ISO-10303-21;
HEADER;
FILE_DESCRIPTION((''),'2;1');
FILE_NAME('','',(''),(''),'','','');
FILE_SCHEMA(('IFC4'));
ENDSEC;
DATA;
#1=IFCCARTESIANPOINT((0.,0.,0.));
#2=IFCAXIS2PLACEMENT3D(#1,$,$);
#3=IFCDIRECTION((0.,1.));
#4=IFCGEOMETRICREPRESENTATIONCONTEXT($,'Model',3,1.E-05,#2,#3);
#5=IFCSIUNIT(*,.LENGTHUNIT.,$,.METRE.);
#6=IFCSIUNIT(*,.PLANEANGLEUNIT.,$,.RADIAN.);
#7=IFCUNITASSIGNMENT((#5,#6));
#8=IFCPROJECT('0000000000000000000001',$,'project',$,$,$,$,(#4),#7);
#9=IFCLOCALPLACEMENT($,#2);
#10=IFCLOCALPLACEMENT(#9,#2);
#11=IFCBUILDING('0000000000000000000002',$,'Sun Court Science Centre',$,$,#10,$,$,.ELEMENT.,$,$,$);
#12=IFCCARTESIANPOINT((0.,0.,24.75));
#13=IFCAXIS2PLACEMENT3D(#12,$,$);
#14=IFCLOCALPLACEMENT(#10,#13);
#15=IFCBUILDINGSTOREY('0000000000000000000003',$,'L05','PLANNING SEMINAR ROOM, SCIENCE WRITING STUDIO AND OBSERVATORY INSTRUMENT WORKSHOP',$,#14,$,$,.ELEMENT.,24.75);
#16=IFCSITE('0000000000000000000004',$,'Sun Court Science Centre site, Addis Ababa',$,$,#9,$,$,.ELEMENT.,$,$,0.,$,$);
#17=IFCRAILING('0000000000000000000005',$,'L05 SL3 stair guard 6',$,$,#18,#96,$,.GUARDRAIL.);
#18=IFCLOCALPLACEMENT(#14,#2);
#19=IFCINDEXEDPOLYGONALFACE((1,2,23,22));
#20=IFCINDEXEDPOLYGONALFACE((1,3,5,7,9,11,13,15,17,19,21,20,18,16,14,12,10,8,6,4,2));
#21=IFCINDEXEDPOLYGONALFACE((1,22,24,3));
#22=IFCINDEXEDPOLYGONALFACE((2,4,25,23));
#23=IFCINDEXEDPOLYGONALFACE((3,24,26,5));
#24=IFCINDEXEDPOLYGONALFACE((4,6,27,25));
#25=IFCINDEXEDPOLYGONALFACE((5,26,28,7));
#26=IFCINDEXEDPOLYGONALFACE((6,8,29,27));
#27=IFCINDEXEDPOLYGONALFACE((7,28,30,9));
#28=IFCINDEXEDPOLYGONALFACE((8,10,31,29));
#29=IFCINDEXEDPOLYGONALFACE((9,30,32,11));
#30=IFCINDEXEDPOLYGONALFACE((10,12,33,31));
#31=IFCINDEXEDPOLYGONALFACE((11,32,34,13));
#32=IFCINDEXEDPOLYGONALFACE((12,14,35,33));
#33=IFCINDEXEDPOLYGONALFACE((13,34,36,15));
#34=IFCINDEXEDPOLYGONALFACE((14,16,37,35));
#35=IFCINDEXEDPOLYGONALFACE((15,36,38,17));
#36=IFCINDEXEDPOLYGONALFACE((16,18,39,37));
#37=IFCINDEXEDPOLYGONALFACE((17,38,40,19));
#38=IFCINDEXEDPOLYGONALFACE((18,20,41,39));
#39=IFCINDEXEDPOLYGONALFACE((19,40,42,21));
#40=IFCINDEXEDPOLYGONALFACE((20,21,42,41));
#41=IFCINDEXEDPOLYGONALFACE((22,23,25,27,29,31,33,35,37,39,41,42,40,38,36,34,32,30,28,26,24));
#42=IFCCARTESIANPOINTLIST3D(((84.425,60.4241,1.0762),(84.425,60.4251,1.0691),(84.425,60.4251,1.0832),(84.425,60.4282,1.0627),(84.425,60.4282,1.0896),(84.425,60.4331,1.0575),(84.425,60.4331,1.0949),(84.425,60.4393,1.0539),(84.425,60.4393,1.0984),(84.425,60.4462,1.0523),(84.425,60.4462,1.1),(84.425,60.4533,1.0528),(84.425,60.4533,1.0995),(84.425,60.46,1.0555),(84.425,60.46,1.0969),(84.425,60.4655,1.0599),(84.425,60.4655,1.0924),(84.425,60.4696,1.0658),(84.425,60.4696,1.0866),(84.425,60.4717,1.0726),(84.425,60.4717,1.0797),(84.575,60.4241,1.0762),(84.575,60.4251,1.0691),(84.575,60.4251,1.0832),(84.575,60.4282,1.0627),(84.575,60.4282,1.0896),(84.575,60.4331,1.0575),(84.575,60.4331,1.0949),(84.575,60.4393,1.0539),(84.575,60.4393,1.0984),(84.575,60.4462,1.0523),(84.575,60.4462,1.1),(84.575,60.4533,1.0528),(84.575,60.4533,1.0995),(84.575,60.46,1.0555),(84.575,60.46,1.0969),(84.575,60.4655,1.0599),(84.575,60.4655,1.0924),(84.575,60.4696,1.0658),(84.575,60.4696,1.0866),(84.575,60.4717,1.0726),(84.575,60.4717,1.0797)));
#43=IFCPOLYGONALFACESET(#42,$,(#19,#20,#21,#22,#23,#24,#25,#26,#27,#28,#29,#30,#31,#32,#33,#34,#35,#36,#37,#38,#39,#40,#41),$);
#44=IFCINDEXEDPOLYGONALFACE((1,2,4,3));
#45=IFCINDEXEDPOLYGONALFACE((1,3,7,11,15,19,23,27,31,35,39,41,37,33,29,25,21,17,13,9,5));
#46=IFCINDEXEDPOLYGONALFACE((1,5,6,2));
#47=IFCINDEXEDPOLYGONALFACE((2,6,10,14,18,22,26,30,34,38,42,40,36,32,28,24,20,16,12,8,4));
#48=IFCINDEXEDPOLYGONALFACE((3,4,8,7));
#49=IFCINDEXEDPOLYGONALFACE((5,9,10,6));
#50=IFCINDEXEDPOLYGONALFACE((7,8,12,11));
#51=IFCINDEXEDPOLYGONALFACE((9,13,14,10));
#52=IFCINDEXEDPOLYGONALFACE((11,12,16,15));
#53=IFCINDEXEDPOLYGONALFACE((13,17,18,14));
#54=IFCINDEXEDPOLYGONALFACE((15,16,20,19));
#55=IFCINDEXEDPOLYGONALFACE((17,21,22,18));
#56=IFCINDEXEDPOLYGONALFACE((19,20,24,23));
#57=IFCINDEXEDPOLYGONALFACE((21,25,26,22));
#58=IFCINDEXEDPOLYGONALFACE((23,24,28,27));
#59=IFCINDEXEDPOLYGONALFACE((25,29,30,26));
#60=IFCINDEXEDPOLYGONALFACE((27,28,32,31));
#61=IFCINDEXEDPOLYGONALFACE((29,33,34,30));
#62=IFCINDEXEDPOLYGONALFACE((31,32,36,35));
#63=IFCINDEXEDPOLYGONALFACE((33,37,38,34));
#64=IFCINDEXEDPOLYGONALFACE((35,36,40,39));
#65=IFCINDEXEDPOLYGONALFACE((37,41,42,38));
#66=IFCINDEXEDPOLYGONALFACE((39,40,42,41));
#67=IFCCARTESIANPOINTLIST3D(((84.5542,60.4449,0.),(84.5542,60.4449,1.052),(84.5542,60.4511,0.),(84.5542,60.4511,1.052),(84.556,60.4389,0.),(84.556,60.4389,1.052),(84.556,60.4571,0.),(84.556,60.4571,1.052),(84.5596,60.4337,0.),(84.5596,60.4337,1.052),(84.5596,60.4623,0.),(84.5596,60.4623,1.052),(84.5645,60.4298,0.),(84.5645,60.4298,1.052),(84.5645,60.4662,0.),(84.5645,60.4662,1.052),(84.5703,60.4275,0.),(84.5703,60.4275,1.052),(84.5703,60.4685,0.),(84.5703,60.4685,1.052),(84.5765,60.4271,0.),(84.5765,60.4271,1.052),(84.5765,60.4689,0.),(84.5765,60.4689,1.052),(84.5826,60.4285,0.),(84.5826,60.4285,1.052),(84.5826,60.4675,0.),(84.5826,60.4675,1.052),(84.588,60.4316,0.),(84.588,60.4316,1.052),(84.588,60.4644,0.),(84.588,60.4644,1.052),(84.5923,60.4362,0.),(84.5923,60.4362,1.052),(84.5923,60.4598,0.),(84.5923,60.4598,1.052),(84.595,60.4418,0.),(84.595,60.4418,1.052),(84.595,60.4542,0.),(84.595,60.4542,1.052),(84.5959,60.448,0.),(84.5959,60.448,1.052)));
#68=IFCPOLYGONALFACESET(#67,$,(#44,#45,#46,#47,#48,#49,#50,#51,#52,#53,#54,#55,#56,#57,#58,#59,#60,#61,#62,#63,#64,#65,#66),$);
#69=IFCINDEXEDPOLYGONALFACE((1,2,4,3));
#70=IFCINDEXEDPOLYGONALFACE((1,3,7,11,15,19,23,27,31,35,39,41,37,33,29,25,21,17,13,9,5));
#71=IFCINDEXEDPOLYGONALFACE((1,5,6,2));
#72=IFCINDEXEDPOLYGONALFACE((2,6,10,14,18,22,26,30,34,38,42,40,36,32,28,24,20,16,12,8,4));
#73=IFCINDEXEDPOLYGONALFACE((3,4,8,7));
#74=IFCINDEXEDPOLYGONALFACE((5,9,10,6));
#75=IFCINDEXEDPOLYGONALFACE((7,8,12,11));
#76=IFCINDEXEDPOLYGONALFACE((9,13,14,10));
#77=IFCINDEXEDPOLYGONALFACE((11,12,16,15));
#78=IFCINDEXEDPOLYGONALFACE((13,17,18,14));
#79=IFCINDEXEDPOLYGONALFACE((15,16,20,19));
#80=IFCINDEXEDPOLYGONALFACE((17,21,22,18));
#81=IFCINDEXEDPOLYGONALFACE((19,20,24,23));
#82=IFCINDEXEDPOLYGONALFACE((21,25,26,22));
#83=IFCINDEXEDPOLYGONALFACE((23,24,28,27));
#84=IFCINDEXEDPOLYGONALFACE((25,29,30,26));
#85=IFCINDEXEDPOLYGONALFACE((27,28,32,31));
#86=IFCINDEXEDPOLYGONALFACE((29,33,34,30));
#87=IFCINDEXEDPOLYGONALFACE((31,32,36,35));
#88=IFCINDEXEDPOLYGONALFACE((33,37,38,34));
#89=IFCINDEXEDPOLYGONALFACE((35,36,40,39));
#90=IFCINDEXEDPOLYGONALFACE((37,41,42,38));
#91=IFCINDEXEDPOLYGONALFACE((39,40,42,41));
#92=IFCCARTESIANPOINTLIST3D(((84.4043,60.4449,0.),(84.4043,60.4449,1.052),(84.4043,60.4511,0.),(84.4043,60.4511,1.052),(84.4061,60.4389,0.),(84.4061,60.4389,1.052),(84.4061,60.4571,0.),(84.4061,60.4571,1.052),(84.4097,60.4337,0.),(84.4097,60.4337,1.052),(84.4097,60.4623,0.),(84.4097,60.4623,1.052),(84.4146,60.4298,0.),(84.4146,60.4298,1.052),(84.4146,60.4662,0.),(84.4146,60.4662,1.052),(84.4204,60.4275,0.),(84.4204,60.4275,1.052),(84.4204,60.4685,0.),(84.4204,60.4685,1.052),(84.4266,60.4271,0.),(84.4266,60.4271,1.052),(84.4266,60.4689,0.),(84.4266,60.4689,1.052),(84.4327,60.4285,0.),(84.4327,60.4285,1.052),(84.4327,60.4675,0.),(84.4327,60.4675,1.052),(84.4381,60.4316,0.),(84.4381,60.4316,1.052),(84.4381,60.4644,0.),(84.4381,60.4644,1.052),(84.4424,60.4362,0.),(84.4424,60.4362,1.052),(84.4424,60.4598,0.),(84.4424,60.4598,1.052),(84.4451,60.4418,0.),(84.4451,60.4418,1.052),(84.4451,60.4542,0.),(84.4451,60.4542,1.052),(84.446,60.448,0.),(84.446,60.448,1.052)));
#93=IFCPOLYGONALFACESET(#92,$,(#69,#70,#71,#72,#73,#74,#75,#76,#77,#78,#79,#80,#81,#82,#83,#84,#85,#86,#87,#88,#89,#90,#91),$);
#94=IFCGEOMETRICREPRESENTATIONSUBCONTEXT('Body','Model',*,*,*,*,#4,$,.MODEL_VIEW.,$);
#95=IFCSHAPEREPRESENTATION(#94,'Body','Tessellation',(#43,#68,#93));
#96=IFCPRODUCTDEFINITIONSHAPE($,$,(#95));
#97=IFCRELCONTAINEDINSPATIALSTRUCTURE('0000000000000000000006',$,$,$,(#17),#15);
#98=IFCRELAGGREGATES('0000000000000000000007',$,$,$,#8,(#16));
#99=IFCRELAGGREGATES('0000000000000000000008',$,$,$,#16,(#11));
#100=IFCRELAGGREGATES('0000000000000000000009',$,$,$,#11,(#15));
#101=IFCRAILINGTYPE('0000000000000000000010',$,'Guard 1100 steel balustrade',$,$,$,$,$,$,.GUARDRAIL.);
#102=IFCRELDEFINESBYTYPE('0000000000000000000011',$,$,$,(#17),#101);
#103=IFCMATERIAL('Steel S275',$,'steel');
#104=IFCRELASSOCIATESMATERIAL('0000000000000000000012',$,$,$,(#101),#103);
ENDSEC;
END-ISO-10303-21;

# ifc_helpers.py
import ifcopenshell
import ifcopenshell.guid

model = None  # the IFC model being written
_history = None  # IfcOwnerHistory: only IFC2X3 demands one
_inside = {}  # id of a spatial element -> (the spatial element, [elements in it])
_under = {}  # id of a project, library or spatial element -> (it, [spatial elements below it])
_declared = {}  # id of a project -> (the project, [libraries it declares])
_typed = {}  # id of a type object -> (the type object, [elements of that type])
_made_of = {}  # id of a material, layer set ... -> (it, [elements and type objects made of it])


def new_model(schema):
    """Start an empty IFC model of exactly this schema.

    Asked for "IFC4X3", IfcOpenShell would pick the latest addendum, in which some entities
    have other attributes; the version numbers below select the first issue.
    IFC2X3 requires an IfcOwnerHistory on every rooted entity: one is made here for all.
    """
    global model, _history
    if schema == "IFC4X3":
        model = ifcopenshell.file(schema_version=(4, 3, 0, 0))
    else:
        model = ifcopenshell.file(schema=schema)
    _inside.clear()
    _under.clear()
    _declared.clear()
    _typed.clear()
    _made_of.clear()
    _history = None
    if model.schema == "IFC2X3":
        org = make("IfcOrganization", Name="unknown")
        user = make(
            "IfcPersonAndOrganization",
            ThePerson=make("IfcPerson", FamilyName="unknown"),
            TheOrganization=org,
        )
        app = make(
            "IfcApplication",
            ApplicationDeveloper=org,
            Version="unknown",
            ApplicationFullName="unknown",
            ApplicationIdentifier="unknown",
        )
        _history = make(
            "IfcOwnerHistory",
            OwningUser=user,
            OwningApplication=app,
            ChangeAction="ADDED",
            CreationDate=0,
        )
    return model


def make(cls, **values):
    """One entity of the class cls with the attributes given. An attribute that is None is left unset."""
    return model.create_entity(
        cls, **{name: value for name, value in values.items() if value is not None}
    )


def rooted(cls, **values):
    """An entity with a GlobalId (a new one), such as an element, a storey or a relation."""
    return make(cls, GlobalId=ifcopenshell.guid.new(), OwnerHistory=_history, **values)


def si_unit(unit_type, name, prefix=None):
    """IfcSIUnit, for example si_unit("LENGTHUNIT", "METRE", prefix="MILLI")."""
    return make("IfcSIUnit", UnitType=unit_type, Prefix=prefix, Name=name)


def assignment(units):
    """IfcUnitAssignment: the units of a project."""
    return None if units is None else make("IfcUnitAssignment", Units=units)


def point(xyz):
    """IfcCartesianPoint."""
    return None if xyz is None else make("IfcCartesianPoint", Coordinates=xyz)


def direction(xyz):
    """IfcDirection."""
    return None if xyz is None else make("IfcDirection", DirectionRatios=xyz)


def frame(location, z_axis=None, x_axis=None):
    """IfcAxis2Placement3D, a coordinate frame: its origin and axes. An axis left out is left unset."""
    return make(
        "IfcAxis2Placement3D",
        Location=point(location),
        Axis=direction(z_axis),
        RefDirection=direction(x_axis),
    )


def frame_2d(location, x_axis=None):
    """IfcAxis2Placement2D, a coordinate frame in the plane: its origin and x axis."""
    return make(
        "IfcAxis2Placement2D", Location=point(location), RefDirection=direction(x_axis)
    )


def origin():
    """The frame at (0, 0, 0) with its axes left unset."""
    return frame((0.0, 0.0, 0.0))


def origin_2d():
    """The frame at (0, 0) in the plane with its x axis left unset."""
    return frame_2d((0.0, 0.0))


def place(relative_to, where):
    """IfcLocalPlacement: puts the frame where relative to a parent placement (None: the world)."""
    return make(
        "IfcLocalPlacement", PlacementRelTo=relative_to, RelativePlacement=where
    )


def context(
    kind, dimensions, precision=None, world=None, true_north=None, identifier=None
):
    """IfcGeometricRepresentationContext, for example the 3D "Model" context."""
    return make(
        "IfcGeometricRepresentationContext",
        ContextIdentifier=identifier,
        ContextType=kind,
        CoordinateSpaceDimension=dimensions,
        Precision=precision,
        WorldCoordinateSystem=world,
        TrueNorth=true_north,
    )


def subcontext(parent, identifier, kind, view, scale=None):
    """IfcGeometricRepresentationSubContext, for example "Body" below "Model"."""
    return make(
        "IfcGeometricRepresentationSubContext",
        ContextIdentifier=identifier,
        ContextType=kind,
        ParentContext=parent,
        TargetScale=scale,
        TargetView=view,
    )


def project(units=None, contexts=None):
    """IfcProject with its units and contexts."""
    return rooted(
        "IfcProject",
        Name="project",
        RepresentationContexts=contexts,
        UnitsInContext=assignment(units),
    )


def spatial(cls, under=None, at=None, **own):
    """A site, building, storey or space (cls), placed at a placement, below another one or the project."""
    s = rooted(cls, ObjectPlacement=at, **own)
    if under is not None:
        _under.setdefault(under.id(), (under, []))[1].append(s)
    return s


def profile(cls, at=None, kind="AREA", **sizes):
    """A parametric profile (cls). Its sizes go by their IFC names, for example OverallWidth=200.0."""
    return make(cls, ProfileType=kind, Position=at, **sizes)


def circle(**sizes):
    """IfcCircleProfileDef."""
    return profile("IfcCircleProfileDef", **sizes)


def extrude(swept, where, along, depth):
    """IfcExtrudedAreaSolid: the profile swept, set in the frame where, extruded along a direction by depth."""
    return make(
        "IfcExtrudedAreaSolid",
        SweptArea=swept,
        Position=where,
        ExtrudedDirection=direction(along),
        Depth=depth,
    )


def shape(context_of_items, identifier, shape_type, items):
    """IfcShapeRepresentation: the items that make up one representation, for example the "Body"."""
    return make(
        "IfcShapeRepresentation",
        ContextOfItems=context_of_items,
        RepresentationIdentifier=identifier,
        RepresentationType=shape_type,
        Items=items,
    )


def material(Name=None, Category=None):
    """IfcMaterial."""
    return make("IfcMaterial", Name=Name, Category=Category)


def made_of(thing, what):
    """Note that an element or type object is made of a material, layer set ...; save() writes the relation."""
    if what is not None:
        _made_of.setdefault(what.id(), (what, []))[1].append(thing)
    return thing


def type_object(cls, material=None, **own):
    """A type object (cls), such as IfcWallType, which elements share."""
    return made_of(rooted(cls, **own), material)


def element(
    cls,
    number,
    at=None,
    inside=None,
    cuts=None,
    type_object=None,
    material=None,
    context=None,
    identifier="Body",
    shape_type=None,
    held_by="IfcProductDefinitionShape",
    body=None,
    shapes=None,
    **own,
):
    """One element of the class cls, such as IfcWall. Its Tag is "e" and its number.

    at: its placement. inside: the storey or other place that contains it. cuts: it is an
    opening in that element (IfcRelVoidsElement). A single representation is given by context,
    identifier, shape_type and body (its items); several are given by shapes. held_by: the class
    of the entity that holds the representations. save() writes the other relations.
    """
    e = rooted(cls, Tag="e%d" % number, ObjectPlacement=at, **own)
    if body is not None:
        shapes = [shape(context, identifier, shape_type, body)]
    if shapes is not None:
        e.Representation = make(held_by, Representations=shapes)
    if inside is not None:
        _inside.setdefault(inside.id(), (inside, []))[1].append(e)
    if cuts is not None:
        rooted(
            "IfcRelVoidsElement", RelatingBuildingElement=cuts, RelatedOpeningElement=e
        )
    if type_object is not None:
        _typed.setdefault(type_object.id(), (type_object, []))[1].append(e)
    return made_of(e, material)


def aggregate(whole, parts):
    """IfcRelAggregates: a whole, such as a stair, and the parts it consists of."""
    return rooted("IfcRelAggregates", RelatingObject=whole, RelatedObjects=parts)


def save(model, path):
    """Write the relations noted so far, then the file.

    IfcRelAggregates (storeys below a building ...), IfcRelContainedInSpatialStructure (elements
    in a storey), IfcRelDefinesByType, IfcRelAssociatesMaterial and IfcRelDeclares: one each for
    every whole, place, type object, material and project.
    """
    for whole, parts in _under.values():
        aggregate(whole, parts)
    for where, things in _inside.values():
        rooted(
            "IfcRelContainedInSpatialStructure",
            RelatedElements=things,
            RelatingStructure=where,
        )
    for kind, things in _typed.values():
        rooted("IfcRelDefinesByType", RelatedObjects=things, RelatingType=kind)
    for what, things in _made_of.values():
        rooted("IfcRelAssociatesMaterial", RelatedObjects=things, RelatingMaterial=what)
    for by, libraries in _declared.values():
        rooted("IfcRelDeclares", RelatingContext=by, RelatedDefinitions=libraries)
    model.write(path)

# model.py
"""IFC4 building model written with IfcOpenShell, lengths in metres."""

from ifc_helpers import new_model, si_unit, direction, frame, origin, origin_2d, place, context, subcontext, project, spatial, circle, extrude, material, type_object, element, save


model = new_model("IFC4")

# Units and contexts
model_context = context("Model", 3, precision=1e-05, world=origin(), true_north=direction((0.0, 1.0)))
body_context = subcontext(model_context, "Body", "Model", "MODEL_VIEW")
ifc_project = project(units=[si_unit("LENGTHUNIT", "METRE"), si_unit("PLANEANGLEUNIT", "RADIAN")], contexts=[model_context])

# Site, building, storey
site_placement = place(None, origin())
site = spatial("IfcSite", under=ifc_project, at=site_placement, Name="Sun Court Science Centre site, Addis Ababa", CompositionType="ELEMENT", RefElevation=0.0)
building_placement = place(site_placement, origin())
building = spatial("IfcBuilding", under=site, at=building_placement, Name="Sun Court Science Centre", CompositionType="ELEMENT")
storey_placement = place(building_placement, frame((0.0, 0.0, 24.75)))
storey = spatial("IfcBuildingStorey", under=building, at=storey_placement, Name="L05", Description="PLANNING SEMINAR ROOM, SCIENCE WRITING STUDIO AND OBSERVATORY INSTRUMENT WORKSHOP", CompositionType="ELEMENT", Elevation=24.75)

# Railing
ifc_material_1 = material(Name="Steel S275", Category="steel")
railing_type_1 = type_object("IfcRailingType", Name="Guard 1100 steel balustrade", PredefinedType="GUARDRAIL", material=ifc_material_1)
railing_1_placement = place(storey_placement, frame((84.575, 60.448, 0.0)))
element("IfcRailing", 1, at=railing_1_placement, inside=storey, type_object=railing_type_1, Name="L05 SL3 stair guard 6", PredefinedType="GUARDRAIL", context=body_context, shape_type="SweptSolid", body=[
    extrude(circle(Radius=0.0239, at=origin_2d()), frame((0.0, 0.0, 1.0762), z_axis=(-1.0, 0.0, 0.0), x_axis=(0.0, -1.0, 0.0)), (0.0, 0.0, 1.0), 0.1499),
    extrude(circle(Radius=0.021, at=origin_2d()), origin(), (0.0, 0.0, 1.0), 1.052),
    extrude(circle(Radius=0.021, at=origin_2d()), frame((-0.1499, 0.0, 0.0)), (0.0, 0.0, 1.0), 1.052),
])

save(model, "model.ifc")
